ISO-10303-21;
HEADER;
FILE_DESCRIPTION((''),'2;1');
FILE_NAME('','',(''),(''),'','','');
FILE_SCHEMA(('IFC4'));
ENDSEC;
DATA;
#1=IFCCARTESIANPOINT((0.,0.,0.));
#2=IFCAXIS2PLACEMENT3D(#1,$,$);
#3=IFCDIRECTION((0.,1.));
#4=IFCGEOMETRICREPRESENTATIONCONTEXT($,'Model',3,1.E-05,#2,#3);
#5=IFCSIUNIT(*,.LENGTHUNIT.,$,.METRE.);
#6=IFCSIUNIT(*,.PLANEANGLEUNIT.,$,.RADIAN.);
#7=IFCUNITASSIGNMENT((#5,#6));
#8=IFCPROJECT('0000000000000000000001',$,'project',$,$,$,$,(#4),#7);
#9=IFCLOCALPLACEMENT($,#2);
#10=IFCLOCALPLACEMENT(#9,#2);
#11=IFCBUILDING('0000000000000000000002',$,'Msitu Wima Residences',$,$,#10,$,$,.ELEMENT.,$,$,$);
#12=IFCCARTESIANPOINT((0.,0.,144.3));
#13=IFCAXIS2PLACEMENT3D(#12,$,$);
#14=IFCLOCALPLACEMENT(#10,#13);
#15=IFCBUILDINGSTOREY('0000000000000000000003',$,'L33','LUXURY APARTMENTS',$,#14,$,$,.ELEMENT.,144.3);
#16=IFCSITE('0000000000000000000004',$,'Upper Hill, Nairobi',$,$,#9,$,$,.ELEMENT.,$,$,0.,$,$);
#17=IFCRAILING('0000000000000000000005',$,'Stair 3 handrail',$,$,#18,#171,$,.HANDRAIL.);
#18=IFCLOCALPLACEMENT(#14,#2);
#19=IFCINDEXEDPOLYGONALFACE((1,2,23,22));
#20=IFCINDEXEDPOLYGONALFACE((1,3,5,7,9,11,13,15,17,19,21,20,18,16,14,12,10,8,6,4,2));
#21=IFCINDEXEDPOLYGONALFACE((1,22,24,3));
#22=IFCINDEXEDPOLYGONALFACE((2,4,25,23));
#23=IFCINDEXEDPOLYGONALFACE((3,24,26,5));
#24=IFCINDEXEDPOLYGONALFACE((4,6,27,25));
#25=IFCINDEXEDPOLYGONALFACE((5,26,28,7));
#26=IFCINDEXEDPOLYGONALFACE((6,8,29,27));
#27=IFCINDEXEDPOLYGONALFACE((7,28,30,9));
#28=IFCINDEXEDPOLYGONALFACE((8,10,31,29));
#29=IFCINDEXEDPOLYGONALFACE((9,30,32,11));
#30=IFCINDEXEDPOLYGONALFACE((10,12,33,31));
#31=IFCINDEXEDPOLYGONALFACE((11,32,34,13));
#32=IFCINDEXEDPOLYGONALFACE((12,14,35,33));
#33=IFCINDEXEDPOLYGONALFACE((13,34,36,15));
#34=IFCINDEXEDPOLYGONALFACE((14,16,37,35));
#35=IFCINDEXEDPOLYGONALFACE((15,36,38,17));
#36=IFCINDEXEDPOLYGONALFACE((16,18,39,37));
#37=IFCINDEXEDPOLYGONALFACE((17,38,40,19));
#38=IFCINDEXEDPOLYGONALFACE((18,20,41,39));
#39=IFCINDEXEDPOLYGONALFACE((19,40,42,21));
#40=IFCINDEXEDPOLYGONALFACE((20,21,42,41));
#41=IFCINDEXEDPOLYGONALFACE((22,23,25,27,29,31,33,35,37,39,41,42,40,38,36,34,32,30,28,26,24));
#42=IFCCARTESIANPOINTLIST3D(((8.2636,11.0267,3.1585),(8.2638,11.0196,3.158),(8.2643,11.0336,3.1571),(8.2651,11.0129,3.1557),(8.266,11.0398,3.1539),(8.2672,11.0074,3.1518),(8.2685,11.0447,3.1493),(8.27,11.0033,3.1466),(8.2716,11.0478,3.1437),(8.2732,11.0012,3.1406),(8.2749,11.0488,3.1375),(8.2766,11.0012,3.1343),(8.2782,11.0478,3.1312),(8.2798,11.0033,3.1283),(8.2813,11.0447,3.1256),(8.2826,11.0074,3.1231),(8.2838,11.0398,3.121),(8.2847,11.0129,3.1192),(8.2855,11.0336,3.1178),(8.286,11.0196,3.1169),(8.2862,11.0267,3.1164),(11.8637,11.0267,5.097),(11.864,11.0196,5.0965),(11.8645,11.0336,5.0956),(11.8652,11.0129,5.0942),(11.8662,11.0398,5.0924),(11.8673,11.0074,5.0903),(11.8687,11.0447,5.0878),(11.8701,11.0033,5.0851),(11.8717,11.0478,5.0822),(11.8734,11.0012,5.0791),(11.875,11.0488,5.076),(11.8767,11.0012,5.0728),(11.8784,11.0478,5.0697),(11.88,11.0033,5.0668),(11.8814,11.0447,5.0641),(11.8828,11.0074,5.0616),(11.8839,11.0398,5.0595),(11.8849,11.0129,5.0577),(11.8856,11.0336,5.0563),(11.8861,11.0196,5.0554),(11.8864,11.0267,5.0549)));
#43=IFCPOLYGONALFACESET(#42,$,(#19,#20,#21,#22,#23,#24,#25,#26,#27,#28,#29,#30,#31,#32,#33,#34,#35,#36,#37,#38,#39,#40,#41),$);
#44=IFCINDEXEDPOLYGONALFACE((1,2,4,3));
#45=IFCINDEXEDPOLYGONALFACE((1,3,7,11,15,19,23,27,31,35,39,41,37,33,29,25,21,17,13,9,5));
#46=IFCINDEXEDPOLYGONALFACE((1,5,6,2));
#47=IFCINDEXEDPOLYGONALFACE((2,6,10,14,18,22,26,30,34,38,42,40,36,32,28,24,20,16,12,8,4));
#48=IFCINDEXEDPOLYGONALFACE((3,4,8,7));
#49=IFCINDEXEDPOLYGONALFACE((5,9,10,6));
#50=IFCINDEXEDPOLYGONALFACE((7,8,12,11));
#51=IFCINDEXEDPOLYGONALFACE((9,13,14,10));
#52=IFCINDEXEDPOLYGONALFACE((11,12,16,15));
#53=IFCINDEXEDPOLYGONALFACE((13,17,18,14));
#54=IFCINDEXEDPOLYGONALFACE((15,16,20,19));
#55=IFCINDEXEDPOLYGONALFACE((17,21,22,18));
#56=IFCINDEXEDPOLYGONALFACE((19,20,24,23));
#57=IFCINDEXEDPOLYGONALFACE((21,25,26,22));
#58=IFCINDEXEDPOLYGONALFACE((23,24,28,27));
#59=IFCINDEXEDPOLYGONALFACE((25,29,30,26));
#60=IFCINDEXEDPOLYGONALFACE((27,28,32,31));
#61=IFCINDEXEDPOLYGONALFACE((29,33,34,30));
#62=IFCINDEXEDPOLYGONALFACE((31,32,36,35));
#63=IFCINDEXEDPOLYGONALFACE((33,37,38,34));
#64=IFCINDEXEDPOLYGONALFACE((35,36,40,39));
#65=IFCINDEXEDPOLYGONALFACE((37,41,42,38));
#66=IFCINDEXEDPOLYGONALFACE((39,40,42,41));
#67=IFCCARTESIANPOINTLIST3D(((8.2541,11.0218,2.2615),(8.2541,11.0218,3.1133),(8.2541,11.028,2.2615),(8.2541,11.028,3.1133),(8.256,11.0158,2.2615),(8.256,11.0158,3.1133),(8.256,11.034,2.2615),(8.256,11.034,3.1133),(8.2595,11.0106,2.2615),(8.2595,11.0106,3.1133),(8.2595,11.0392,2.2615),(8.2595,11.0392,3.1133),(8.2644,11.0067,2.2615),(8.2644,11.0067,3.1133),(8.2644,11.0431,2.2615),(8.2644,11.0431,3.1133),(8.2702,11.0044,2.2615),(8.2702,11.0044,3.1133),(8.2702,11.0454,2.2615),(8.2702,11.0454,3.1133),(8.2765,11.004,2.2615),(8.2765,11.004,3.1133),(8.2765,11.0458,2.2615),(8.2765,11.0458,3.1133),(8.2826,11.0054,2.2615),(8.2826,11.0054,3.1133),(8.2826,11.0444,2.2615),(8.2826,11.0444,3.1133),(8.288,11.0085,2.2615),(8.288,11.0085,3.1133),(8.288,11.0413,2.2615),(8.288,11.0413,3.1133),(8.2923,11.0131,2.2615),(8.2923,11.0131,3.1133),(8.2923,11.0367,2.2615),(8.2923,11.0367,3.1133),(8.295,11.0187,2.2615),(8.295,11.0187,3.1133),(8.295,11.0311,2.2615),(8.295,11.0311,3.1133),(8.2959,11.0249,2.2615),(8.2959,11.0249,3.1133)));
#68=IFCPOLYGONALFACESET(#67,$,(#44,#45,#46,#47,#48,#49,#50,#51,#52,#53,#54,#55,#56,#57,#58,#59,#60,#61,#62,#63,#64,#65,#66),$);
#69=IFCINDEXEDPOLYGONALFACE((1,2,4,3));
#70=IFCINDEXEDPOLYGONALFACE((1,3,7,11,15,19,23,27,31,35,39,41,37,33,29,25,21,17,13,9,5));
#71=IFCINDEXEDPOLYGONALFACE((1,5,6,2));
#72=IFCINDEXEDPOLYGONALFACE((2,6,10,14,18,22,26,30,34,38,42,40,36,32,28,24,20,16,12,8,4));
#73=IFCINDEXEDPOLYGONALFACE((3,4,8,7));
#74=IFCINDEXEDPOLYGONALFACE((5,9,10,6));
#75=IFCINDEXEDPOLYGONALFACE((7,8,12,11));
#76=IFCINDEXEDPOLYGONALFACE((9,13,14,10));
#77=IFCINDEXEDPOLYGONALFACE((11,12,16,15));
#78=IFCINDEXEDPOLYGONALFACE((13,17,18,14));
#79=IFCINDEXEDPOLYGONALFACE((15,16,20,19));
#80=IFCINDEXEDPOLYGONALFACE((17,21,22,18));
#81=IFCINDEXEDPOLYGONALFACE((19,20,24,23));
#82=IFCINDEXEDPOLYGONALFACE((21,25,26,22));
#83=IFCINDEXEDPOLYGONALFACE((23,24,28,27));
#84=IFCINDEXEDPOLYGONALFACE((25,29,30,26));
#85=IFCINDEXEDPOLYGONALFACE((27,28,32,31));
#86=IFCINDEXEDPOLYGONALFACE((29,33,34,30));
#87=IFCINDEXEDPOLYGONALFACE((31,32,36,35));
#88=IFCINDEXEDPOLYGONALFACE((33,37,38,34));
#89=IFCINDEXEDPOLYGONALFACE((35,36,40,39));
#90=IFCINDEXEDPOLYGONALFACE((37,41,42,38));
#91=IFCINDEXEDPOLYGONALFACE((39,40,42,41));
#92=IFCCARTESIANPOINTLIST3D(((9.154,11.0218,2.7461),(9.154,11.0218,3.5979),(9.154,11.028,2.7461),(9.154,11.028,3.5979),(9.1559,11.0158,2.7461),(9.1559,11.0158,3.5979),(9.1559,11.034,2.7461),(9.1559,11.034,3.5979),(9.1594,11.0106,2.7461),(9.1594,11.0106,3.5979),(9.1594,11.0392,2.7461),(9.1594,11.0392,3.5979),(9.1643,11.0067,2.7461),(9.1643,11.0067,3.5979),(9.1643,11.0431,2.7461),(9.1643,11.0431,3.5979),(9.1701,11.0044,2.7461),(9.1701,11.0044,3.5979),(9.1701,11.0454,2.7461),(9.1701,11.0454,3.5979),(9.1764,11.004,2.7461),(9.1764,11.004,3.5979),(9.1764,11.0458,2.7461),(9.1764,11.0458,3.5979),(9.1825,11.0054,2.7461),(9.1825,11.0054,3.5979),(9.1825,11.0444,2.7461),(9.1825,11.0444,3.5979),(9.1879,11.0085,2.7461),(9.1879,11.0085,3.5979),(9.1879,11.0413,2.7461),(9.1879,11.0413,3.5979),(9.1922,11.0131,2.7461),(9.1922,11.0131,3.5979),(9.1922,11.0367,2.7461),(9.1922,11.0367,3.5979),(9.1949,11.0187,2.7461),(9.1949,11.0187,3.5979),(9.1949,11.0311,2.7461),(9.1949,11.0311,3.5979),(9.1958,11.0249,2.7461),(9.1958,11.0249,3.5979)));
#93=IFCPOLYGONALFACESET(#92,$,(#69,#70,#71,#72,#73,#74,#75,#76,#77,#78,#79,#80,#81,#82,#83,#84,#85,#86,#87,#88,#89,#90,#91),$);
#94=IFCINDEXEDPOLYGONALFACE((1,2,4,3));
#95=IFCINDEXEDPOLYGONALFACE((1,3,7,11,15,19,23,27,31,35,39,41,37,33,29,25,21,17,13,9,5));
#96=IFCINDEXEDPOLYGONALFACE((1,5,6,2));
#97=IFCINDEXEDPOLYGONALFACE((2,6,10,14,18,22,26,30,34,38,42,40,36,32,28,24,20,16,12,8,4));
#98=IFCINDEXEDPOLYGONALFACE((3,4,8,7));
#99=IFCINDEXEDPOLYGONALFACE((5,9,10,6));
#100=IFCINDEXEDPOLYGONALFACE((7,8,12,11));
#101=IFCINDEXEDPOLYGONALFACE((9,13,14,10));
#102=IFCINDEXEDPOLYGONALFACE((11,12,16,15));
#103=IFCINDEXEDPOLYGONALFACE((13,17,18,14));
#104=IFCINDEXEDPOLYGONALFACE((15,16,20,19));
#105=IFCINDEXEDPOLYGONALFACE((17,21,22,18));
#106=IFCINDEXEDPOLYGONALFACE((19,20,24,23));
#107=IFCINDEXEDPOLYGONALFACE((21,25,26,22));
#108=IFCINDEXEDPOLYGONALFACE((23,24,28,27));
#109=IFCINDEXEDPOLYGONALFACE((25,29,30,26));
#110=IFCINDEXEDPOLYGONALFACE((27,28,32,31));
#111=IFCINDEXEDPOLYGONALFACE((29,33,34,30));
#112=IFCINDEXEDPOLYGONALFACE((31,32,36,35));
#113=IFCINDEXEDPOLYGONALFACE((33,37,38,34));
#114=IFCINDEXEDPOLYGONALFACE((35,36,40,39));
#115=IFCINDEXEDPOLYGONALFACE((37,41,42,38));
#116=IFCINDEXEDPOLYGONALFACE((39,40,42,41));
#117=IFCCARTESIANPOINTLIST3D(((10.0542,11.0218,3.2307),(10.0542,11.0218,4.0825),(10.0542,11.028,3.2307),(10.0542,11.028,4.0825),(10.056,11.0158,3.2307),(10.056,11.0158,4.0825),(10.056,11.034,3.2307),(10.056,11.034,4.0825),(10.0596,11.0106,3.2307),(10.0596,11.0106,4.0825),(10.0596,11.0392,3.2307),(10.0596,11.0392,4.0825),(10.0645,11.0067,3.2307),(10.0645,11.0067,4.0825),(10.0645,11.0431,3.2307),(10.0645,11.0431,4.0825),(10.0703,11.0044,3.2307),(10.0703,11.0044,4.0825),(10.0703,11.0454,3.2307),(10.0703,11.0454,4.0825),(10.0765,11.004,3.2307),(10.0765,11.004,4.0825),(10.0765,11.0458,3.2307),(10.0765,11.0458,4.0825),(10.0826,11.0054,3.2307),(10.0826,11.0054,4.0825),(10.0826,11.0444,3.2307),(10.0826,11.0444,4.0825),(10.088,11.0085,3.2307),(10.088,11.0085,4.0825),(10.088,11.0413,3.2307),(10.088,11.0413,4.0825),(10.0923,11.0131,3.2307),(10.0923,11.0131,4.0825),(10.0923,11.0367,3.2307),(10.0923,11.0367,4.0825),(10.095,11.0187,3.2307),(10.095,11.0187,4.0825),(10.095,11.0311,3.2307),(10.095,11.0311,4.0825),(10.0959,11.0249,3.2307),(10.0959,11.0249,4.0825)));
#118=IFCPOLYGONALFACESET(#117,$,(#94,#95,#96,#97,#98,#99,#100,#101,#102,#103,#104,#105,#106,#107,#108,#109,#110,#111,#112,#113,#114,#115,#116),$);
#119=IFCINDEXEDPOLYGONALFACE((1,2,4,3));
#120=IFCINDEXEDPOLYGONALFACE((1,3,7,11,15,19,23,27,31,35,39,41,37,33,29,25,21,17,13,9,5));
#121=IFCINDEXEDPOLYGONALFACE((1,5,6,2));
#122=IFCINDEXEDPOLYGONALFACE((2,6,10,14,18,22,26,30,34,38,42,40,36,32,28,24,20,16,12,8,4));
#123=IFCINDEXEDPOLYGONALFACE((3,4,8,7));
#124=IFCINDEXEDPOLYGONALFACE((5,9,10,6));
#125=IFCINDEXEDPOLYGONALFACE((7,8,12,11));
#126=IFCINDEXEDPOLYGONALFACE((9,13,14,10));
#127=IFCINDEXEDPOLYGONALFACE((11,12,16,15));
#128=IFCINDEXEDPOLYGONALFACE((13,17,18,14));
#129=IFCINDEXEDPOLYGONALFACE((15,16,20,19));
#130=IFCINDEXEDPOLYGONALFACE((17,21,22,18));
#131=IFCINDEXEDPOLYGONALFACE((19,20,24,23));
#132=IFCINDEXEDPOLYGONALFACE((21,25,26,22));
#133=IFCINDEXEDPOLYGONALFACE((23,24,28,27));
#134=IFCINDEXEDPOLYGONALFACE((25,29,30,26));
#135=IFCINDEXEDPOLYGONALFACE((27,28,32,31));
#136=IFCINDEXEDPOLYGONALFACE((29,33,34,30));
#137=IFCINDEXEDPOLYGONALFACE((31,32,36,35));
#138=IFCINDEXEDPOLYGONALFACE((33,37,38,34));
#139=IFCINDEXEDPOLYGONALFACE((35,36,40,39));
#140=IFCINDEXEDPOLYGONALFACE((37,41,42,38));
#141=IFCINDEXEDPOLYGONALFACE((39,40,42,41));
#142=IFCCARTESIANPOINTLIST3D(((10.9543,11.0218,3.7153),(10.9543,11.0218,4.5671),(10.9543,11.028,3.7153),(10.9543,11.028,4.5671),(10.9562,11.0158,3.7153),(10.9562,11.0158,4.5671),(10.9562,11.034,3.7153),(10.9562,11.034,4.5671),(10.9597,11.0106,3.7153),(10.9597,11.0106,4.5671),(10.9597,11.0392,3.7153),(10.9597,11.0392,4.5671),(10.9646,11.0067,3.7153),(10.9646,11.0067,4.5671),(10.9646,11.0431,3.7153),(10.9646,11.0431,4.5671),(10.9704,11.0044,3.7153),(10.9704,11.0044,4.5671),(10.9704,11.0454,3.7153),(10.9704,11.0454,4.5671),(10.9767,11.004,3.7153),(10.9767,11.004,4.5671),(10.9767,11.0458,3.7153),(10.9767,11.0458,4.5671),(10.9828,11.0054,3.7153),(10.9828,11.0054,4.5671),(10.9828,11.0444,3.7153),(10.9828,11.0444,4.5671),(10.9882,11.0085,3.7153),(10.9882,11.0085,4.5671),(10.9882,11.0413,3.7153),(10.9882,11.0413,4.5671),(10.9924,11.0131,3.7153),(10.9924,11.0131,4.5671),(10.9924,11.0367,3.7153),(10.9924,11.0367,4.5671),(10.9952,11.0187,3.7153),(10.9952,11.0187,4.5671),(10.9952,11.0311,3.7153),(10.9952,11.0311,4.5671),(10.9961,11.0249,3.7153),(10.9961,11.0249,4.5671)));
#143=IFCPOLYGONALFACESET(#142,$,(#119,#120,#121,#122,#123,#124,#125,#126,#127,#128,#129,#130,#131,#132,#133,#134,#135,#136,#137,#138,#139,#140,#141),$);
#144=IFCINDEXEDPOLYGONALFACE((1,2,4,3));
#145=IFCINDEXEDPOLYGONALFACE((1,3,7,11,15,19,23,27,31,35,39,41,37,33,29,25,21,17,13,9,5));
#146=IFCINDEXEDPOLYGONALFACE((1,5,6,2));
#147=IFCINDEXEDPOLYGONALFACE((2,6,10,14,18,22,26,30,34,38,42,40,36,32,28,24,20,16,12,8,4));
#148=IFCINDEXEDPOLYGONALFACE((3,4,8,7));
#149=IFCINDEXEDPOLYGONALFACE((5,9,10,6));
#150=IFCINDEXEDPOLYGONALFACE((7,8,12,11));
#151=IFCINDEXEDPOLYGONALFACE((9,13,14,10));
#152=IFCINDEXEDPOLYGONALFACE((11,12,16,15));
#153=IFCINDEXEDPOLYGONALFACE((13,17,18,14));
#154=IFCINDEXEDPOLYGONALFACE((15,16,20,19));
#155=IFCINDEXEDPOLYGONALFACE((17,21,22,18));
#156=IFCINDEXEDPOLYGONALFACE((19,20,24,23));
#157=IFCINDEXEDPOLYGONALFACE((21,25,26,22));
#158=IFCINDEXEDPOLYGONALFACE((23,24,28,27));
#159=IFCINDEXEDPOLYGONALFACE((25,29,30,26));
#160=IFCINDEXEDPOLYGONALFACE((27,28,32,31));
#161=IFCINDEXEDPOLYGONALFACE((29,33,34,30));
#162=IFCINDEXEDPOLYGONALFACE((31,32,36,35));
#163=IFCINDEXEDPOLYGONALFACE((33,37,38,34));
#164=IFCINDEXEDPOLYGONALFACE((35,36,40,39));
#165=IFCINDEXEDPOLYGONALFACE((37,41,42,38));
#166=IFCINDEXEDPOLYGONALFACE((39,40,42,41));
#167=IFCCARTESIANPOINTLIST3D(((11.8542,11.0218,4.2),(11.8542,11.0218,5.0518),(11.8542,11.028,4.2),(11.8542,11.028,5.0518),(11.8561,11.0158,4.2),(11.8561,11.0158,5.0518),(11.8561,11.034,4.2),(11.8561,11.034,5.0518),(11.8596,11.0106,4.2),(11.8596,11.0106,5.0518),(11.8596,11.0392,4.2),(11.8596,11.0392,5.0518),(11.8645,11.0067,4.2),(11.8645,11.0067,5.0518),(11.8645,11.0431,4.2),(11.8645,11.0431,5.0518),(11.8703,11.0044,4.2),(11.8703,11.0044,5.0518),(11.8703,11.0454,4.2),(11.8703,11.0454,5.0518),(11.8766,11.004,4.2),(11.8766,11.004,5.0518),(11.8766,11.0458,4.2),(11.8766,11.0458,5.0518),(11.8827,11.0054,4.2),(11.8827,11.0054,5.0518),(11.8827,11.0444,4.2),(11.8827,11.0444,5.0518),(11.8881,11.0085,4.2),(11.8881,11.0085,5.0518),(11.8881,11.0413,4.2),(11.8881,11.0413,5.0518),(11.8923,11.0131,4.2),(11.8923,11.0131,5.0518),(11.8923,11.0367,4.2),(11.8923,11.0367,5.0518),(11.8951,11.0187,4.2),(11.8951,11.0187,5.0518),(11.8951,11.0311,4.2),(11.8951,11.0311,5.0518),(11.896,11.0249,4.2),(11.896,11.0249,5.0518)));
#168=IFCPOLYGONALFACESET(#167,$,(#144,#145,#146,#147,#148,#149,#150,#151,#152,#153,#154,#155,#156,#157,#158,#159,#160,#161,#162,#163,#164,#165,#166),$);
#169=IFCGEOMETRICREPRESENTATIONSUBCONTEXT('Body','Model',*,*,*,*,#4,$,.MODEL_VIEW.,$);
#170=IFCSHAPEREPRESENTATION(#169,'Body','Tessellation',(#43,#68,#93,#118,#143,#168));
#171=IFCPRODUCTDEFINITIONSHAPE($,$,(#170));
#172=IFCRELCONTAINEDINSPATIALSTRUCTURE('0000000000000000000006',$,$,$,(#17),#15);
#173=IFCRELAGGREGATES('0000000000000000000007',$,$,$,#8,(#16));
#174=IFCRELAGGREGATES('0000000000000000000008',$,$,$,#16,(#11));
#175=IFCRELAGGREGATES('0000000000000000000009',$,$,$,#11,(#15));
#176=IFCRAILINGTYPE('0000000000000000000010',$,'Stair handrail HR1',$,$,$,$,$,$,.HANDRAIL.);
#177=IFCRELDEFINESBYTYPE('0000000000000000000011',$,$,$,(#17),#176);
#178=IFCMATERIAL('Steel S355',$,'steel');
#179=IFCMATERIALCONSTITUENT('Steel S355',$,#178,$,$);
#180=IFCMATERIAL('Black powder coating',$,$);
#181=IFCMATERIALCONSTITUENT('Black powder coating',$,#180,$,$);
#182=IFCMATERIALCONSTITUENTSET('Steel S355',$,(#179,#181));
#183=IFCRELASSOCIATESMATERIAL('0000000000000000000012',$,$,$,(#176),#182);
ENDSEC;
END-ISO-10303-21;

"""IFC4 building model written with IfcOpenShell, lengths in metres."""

from ifc_helpers import new_model, si_unit, direction, frame, origin, origin_2d, place, context, subcontext, project, spatial, circle, extrude, material, constituent, constituent_set, type_object, element, save


model = new_model("IFC4")

# Units and contexts
model_context = context("Model", 3, precision=1e-05, world=origin(), true_north=direction((0.0, 1.0)))
body_context = subcontext(model_context, "Body", "Model", "MODEL_VIEW")
ifc_project = project(units=[si_unit("LENGTHUNIT", "METRE"), si_unit("PLANEANGLEUNIT", "RADIAN")], contexts=[model_context])

# Site, building, storey
site_placement = place(None, origin())
site = spatial("IfcSite", under=ifc_project, at=site_placement, Name="Upper Hill, Nairobi", CompositionType="ELEMENT", RefElevation=0.0)
building_placement = place(site_placement, origin())
building = spatial("IfcBuilding", under=site, at=building_placement, Name="Msitu Wima Residences", CompositionType="ELEMENT")
storey_placement = place(building_placement, frame((0.0, 0.0, 144.3)))
storey = spatial("IfcBuildingStorey", under=building, at=storey_placement, Name="L33", Description="LUXURY APARTMENTS", CompositionType="ELEMENT", Elevation=144.3)

# Railing
ifc_material_1 = material(Name="Steel S355", Category="steel")
ifc_constituent_1 = constituent(ifc_material_1, Name="Steel S355")
ifc_material_2 = material(Name="Black powder coating")
ifc_constituent_2 = constituent(ifc_material_2, Name="Black powder coating")
ifc_constituent_set_1 = constituent_set(constituents=[ifc_constituent_1, ifc_constituent_2], Name="Steel S355")
railing_type_1 = type_object("IfcRailingType", Name="Stair handrail HR1", PredefinedType="HANDRAIL", material=ifc_constituent_set_1)
railing_1_placement = place(storey_placement, frame((8.2749, 11.0249, 2.2615)))
element("IfcRailing", 1, at=railing_1_placement, inside=storey, type_object=railing_type_1, Name="Stair 3 handrail", PredefinedType="HANDRAIL", context=body_context, shape_type="SweptSolid", body=[
    extrude(circle(Radius=0.0239, at=origin_2d()), frame((0.0, 0.0, 0.876), z_axis=(0.880475, 0.0, 0.474093), x_axis=(0.0, 1.0, 0.0)), (0.0, 0.0, 1.0), 4.0889),
    extrude(circle(Radius=0.021, at=origin_2d()), origin(), (0.0, 0.0, 1.0), 0.8518),
    extrude(circle(Radius=0.021, at=origin_2d()), frame((0.8999, 0.0, 0.4846)), (0.0, 0.0, 1.0), 0.8518),
    extrude(circle(Radius=0.021, at=origin_2d()), frame((1.8, 0.0, 0.9692)), (0.0, 0.0, 1.0), 0.8518),
    extrude(circle(Radius=0.021, at=origin_2d()), frame((2.7002, 0.0, 1.4539)), (0.0, 0.0, 1.0), 0.8518),
    extrude(circle(Radius=0.021, at=origin_2d()), frame((3.6001, 0.0, 1.9385)), (0.0, 0.0, 1.0), 0.8518),
])

save(model, "model.ifc")
